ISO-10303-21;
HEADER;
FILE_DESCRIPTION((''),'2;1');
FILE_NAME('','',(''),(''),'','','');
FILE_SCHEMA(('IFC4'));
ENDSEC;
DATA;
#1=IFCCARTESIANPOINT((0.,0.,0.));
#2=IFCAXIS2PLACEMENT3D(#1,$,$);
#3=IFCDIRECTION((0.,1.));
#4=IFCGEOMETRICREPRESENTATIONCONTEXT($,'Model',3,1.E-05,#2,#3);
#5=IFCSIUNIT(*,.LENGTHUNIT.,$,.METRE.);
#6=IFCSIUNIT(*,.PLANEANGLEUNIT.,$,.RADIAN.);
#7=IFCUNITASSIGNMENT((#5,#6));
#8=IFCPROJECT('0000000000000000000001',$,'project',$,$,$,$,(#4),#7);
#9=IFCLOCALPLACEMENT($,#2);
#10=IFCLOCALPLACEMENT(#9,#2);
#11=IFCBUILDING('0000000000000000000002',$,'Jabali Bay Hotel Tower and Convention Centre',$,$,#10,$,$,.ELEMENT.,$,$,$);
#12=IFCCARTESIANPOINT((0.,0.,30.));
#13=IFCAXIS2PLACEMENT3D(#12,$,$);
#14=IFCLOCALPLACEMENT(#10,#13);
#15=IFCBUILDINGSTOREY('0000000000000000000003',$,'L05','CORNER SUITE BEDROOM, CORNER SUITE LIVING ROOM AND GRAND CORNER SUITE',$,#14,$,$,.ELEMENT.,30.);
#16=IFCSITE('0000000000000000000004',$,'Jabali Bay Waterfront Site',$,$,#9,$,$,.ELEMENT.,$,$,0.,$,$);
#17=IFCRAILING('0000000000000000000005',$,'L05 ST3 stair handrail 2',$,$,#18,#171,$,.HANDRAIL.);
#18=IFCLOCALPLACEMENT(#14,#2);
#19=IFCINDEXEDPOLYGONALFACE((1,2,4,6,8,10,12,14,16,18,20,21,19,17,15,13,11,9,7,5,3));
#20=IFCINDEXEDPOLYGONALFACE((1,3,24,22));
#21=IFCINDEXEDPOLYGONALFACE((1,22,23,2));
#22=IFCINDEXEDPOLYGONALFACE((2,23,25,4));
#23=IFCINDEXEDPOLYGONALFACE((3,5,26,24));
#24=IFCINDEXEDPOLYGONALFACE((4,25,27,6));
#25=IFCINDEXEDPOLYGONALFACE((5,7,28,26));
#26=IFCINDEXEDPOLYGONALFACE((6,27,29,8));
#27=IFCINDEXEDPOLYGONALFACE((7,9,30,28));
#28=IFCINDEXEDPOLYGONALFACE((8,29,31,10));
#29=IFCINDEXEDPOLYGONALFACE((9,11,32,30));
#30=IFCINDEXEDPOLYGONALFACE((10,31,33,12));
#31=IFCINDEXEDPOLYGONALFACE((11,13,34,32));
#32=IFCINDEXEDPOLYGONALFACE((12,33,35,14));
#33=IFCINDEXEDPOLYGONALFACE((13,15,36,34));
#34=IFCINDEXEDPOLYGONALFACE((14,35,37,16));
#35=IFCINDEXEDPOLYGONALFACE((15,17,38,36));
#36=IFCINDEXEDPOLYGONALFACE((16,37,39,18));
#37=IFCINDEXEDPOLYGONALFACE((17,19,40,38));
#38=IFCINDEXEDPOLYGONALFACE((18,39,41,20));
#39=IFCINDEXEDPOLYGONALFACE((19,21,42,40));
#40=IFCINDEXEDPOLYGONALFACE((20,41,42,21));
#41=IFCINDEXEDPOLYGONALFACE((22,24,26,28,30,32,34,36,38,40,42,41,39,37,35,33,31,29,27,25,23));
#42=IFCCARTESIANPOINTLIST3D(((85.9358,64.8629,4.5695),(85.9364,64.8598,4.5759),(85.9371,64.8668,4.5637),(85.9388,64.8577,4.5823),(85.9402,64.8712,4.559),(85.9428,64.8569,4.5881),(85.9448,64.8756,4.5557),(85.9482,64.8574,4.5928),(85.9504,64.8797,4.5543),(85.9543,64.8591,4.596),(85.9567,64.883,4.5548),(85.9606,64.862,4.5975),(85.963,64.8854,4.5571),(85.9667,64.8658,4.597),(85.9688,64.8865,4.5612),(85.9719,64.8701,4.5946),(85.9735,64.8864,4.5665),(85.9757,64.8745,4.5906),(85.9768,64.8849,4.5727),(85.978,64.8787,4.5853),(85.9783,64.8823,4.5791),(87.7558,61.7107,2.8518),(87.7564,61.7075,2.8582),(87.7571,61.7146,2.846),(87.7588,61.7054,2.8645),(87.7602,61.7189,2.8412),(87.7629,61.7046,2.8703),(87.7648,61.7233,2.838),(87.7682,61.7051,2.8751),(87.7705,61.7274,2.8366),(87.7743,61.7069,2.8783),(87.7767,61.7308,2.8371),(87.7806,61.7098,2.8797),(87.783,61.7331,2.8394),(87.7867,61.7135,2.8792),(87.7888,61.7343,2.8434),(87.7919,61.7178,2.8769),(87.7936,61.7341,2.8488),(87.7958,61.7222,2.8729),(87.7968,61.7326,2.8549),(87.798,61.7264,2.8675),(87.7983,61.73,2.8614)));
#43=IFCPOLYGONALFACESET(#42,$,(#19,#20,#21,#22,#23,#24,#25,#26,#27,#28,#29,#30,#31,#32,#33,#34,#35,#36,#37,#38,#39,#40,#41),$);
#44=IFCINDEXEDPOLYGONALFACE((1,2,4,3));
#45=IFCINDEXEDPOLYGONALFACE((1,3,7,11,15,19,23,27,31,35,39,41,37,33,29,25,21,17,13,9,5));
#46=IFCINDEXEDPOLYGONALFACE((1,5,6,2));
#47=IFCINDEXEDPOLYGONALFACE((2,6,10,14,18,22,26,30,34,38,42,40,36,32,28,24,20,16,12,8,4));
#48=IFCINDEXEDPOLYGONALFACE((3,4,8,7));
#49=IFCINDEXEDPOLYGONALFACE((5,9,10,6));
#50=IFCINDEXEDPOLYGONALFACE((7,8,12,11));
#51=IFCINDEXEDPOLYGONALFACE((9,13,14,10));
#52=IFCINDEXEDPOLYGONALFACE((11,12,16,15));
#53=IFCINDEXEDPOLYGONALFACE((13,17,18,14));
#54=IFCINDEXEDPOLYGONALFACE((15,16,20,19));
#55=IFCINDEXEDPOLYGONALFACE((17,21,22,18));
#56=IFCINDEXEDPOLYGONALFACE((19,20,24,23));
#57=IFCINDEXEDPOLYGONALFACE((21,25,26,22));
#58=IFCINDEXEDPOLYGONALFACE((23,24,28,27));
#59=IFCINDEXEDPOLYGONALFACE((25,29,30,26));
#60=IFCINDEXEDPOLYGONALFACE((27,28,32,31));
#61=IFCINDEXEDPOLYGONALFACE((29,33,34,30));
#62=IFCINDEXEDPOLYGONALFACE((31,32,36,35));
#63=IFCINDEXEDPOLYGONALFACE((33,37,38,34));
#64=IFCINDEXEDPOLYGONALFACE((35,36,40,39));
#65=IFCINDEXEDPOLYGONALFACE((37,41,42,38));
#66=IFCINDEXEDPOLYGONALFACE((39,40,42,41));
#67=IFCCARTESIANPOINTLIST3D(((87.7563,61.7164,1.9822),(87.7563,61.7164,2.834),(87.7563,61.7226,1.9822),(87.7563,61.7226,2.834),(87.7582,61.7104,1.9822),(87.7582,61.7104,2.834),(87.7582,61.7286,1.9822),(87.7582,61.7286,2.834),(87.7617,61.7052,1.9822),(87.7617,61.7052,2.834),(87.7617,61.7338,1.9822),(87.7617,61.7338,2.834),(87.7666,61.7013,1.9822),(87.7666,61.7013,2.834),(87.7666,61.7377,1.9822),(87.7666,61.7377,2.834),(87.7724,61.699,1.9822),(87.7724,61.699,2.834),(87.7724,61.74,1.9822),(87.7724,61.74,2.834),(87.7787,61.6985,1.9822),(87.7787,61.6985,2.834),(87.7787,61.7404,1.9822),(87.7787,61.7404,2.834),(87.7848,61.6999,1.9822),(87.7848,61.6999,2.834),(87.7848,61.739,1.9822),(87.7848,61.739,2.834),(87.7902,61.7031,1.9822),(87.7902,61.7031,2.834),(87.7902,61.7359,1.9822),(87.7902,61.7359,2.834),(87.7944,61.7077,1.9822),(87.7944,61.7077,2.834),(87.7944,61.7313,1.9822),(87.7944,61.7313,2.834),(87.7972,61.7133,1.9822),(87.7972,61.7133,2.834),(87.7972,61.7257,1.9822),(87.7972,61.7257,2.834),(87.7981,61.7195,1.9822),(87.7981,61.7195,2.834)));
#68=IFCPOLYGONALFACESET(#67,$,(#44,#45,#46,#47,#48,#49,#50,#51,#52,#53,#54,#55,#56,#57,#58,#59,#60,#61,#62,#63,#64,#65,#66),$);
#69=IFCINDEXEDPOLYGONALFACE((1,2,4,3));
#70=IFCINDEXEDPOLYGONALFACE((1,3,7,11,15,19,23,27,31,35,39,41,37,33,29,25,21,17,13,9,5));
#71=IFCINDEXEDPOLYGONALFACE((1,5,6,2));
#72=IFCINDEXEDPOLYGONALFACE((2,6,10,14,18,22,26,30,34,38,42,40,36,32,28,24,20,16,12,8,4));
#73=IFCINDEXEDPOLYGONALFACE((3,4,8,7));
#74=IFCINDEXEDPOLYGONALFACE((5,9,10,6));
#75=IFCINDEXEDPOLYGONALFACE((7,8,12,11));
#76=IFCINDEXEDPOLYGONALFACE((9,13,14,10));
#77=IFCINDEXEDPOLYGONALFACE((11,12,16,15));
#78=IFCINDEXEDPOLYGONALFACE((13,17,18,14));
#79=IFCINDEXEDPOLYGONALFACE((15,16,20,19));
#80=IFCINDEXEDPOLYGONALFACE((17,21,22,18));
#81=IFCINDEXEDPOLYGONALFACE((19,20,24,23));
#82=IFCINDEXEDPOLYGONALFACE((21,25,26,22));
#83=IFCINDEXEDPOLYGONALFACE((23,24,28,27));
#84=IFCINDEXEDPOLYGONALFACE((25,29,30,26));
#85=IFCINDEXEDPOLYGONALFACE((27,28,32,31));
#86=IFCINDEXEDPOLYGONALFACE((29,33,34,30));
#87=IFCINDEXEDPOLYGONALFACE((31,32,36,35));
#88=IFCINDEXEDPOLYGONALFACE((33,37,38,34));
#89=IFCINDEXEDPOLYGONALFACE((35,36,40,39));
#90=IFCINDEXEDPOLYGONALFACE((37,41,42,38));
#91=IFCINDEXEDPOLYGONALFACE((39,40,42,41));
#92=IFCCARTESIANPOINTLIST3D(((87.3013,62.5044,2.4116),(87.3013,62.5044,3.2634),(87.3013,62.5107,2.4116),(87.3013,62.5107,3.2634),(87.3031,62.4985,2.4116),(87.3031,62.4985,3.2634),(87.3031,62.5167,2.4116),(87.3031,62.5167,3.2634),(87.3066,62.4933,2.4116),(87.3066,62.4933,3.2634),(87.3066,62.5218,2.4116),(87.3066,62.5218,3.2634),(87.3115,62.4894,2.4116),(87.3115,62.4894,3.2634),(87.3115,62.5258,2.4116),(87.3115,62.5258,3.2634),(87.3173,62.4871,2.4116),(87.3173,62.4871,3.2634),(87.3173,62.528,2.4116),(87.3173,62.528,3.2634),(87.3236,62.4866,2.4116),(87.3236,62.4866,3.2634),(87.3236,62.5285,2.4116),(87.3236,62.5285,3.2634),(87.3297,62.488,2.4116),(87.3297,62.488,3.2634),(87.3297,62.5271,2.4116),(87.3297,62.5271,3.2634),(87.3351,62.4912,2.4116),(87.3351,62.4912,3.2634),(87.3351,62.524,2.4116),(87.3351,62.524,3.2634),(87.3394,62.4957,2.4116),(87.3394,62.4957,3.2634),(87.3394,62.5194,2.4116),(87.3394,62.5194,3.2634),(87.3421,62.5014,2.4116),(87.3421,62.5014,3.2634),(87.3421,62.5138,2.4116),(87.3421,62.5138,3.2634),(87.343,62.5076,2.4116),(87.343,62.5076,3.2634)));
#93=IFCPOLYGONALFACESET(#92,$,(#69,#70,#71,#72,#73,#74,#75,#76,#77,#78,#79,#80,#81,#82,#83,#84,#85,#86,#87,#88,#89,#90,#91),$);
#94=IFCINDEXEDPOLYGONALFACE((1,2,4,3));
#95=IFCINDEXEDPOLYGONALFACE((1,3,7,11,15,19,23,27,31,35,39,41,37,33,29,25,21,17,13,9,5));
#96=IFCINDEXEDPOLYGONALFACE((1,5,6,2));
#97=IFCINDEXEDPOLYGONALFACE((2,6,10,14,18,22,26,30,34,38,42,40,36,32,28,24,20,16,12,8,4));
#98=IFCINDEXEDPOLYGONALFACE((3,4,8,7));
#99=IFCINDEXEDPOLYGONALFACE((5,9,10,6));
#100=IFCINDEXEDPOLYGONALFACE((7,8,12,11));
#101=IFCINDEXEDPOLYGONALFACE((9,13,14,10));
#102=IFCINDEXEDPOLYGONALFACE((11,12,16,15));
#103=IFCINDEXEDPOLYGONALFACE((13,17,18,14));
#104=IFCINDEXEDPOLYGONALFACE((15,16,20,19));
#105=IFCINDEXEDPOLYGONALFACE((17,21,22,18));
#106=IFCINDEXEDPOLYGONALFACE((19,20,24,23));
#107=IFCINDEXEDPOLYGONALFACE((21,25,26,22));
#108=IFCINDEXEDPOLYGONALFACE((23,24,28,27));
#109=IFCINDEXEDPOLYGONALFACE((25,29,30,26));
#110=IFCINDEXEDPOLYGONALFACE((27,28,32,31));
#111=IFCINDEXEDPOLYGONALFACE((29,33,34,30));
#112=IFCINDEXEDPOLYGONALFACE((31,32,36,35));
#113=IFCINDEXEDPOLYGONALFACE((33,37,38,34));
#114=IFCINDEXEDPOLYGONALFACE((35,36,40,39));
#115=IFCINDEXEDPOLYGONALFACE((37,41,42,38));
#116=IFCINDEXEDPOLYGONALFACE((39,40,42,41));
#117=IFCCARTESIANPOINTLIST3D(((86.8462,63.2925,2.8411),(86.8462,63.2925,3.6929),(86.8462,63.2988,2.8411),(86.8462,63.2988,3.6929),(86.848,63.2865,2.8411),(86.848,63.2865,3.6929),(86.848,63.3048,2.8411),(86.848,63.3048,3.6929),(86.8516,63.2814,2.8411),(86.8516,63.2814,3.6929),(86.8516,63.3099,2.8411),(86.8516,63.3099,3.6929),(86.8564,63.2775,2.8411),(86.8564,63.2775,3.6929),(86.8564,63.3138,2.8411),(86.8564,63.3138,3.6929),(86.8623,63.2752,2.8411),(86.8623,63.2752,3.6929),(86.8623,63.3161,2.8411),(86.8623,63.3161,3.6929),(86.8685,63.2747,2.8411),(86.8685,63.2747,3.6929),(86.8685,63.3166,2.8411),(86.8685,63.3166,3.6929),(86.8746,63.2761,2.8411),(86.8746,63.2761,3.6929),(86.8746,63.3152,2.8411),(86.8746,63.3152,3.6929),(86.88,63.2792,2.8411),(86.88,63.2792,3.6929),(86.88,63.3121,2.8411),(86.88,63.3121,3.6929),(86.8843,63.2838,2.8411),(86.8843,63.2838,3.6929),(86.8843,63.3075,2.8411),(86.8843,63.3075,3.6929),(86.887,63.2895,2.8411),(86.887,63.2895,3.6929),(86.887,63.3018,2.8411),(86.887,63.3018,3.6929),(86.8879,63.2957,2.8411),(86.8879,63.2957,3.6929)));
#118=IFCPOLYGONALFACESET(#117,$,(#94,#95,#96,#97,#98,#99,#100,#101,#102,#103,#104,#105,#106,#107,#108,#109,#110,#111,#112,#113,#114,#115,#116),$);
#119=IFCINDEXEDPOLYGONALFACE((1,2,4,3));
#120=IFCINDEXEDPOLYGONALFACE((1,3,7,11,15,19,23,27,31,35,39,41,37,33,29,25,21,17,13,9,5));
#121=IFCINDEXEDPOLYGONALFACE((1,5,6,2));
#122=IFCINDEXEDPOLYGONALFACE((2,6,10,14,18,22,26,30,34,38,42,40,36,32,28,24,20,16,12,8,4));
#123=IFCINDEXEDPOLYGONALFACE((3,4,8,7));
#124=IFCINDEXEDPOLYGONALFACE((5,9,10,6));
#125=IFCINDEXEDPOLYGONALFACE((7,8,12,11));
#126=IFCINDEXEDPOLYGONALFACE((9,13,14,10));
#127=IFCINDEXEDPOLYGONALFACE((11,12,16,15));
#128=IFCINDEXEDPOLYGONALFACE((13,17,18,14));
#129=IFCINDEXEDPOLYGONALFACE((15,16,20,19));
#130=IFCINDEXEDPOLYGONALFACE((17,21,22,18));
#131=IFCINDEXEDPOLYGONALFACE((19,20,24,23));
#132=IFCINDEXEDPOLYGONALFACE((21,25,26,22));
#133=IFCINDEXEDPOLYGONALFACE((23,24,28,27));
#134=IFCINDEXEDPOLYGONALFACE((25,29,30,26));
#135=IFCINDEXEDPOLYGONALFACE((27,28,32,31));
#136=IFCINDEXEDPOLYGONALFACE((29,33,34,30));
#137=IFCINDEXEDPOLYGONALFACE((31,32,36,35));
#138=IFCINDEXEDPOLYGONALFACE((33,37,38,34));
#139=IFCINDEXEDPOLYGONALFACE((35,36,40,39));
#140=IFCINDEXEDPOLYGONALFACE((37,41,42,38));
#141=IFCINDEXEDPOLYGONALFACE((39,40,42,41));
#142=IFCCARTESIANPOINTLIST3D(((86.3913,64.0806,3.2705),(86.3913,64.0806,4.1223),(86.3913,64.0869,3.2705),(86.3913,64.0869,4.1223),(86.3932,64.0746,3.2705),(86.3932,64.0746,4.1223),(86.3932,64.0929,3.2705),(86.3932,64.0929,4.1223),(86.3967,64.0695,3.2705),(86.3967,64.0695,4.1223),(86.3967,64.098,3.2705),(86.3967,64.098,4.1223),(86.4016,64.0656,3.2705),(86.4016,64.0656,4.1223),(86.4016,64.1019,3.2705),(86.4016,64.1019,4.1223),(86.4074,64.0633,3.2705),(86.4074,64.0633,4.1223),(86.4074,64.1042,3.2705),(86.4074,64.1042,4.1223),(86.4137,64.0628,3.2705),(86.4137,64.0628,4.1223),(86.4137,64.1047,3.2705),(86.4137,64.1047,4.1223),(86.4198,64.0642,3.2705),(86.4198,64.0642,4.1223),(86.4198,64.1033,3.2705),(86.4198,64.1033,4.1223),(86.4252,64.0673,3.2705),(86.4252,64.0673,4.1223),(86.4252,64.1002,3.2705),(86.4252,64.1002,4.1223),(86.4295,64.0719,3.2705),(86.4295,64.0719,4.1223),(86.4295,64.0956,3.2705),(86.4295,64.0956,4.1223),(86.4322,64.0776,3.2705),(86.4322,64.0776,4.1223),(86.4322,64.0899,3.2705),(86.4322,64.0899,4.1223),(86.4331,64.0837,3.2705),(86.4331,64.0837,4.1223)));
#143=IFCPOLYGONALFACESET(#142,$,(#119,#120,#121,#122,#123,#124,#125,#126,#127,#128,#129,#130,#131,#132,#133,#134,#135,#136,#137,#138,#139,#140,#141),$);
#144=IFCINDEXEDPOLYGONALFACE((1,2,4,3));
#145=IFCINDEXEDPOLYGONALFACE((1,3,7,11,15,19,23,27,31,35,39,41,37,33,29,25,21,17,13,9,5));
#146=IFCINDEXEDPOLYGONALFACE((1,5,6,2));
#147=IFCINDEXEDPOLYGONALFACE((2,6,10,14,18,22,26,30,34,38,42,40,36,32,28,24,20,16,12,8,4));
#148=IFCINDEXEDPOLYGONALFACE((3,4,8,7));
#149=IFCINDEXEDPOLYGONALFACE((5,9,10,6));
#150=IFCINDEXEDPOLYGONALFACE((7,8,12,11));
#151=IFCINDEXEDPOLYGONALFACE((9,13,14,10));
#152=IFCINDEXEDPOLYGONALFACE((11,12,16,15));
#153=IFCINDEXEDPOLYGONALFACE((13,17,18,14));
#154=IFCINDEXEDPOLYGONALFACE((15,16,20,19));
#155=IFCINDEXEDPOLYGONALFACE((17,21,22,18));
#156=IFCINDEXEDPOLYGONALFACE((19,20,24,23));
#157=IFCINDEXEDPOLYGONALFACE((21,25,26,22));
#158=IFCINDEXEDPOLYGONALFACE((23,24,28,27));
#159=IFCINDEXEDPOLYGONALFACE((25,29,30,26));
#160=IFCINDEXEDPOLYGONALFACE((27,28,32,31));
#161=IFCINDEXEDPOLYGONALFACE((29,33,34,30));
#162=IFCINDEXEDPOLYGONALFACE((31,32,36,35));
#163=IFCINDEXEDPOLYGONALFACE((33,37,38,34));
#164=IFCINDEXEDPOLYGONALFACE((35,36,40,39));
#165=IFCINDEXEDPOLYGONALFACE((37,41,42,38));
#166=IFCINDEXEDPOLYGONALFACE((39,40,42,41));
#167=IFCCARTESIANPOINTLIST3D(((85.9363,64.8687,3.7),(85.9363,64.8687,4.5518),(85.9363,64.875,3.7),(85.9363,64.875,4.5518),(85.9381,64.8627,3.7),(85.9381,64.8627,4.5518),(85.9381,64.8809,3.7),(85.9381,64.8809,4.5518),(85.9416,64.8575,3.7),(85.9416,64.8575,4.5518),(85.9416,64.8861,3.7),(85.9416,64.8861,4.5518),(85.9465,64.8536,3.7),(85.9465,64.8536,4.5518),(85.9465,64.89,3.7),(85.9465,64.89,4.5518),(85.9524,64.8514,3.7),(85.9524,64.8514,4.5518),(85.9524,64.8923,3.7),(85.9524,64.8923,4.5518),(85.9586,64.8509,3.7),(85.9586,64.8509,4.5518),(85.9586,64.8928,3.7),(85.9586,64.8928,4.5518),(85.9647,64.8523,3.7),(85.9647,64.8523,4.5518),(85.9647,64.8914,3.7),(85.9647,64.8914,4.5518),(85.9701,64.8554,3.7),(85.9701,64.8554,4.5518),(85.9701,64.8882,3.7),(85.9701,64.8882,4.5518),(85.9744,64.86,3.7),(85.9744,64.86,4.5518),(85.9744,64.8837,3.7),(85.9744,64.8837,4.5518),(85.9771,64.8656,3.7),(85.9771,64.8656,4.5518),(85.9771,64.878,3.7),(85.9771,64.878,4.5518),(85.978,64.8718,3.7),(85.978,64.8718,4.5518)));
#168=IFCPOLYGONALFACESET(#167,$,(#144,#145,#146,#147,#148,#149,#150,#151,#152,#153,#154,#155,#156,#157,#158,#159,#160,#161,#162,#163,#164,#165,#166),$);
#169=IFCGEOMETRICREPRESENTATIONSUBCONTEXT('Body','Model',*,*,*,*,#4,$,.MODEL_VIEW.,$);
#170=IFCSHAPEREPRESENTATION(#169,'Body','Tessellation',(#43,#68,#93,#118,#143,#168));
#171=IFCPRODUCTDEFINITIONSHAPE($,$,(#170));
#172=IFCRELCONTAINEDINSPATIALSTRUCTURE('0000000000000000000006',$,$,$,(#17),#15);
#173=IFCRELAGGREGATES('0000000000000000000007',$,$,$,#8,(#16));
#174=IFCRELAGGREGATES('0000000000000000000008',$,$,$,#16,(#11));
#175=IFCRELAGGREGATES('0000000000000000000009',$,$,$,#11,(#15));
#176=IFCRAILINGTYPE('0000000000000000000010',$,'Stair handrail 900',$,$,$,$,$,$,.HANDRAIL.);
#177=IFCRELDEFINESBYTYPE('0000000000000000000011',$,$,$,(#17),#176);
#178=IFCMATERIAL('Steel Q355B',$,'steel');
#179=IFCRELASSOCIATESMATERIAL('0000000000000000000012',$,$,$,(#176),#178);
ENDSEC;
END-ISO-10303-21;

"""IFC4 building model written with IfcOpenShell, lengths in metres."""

from ifc_helpers import new_model, si_unit, direction, frame, origin, origin_2d, place, context, subcontext, project, spatial, circle, extrude, material, type_object, element, save


model = new_model("IFC4")

# Units and contexts
model_context = context("Model", 3, precision=1e-05, world=origin(), true_north=direction((0.0, 1.0)))
body_context = subcontext(model_context, "Body", "Model", "MODEL_VIEW")
ifc_project = project(units=[si_unit("LENGTHUNIT", "METRE"), si_unit("PLANEANGLEUNIT", "RADIAN")], contexts=[model_context])

# Site, building, storey
site_placement = place(None, origin())
site = spatial("IfcSite", under=ifc_project, at=site_placement, Name="Jabali Bay Waterfront Site", CompositionType="ELEMENT", RefElevation=0.0)
building_placement = place(site_placement, origin())
building = spatial("IfcBuilding", under=site, at=building_placement, Name="Jabali Bay Hotel Tower and Convention Centre", CompositionType="ELEMENT")
storey_placement = place(building_placement, frame((0.0, 0.0, 30.0)))
storey = spatial("IfcBuildingStorey", under=building, at=storey_placement, Name="L05", Description="CORNER SUITE BEDROOM, CORNER SUITE LIVING ROOM AND GRAND CORNER SUITE", CompositionType="ELEMENT", Elevation=30.0)

# Railing
ifc_material_1 = material(Name="Steel Q355B", Category="steel")
railing_type_1 = type_object("IfcRailingType", Name="Stair handrail 900", PredefinedType="HANDRAIL", material=ifc_material_1)
railing_1_placement = place(storey_placement, frame((87.7771, 61.7195, 1.9822)))
element("IfcRailing", 1, at=railing_1_placement, inside=storey, type_object=railing_type_1, Name="L05 ST3 stair handrail 2", PredefinedType="HANDRAIL", context=body_context, shape_type="SweptSolid", body=[
    extrude(circle(Radius=0.0239, at=origin_2d()), frame((0.0, 0.0, 0.876), z_axis=(-0.45219, 0.78319, 0.426775), x_axis=(-0.866018, -0.500013, 0.0)), (0.0, 0.0, 1.0), 4.0249),
    extrude(circle(Radius=0.021, at=origin_2d()), origin(), (0.0, 0.0, 1.0), 0.8518),
    extrude(circle(Radius=0.021, at=origin_2d()), frame((-0.4551, 0.7881, 0.4294)), (0.0, 0.0, 1.0), 0.8518),
    extrude(circle(Radius=0.021, at=origin_2d()), frame((-0.9102, 1.5762, 0.8589)), (0.0, 0.0, 1.0), 0.8518),
    extrude(circle(Radius=0.021, at=origin_2d()), frame((-1.365, 2.3643, 1.2883)), (0.0, 0.0, 1.0), 0.8518),
    extrude(circle(Radius=0.021, at=origin_2d()), frame((-1.8201, 3.1523, 1.7178)), (0.0, 0.0, 1.0), 0.8518),
])

save(model, "model.ifc")
